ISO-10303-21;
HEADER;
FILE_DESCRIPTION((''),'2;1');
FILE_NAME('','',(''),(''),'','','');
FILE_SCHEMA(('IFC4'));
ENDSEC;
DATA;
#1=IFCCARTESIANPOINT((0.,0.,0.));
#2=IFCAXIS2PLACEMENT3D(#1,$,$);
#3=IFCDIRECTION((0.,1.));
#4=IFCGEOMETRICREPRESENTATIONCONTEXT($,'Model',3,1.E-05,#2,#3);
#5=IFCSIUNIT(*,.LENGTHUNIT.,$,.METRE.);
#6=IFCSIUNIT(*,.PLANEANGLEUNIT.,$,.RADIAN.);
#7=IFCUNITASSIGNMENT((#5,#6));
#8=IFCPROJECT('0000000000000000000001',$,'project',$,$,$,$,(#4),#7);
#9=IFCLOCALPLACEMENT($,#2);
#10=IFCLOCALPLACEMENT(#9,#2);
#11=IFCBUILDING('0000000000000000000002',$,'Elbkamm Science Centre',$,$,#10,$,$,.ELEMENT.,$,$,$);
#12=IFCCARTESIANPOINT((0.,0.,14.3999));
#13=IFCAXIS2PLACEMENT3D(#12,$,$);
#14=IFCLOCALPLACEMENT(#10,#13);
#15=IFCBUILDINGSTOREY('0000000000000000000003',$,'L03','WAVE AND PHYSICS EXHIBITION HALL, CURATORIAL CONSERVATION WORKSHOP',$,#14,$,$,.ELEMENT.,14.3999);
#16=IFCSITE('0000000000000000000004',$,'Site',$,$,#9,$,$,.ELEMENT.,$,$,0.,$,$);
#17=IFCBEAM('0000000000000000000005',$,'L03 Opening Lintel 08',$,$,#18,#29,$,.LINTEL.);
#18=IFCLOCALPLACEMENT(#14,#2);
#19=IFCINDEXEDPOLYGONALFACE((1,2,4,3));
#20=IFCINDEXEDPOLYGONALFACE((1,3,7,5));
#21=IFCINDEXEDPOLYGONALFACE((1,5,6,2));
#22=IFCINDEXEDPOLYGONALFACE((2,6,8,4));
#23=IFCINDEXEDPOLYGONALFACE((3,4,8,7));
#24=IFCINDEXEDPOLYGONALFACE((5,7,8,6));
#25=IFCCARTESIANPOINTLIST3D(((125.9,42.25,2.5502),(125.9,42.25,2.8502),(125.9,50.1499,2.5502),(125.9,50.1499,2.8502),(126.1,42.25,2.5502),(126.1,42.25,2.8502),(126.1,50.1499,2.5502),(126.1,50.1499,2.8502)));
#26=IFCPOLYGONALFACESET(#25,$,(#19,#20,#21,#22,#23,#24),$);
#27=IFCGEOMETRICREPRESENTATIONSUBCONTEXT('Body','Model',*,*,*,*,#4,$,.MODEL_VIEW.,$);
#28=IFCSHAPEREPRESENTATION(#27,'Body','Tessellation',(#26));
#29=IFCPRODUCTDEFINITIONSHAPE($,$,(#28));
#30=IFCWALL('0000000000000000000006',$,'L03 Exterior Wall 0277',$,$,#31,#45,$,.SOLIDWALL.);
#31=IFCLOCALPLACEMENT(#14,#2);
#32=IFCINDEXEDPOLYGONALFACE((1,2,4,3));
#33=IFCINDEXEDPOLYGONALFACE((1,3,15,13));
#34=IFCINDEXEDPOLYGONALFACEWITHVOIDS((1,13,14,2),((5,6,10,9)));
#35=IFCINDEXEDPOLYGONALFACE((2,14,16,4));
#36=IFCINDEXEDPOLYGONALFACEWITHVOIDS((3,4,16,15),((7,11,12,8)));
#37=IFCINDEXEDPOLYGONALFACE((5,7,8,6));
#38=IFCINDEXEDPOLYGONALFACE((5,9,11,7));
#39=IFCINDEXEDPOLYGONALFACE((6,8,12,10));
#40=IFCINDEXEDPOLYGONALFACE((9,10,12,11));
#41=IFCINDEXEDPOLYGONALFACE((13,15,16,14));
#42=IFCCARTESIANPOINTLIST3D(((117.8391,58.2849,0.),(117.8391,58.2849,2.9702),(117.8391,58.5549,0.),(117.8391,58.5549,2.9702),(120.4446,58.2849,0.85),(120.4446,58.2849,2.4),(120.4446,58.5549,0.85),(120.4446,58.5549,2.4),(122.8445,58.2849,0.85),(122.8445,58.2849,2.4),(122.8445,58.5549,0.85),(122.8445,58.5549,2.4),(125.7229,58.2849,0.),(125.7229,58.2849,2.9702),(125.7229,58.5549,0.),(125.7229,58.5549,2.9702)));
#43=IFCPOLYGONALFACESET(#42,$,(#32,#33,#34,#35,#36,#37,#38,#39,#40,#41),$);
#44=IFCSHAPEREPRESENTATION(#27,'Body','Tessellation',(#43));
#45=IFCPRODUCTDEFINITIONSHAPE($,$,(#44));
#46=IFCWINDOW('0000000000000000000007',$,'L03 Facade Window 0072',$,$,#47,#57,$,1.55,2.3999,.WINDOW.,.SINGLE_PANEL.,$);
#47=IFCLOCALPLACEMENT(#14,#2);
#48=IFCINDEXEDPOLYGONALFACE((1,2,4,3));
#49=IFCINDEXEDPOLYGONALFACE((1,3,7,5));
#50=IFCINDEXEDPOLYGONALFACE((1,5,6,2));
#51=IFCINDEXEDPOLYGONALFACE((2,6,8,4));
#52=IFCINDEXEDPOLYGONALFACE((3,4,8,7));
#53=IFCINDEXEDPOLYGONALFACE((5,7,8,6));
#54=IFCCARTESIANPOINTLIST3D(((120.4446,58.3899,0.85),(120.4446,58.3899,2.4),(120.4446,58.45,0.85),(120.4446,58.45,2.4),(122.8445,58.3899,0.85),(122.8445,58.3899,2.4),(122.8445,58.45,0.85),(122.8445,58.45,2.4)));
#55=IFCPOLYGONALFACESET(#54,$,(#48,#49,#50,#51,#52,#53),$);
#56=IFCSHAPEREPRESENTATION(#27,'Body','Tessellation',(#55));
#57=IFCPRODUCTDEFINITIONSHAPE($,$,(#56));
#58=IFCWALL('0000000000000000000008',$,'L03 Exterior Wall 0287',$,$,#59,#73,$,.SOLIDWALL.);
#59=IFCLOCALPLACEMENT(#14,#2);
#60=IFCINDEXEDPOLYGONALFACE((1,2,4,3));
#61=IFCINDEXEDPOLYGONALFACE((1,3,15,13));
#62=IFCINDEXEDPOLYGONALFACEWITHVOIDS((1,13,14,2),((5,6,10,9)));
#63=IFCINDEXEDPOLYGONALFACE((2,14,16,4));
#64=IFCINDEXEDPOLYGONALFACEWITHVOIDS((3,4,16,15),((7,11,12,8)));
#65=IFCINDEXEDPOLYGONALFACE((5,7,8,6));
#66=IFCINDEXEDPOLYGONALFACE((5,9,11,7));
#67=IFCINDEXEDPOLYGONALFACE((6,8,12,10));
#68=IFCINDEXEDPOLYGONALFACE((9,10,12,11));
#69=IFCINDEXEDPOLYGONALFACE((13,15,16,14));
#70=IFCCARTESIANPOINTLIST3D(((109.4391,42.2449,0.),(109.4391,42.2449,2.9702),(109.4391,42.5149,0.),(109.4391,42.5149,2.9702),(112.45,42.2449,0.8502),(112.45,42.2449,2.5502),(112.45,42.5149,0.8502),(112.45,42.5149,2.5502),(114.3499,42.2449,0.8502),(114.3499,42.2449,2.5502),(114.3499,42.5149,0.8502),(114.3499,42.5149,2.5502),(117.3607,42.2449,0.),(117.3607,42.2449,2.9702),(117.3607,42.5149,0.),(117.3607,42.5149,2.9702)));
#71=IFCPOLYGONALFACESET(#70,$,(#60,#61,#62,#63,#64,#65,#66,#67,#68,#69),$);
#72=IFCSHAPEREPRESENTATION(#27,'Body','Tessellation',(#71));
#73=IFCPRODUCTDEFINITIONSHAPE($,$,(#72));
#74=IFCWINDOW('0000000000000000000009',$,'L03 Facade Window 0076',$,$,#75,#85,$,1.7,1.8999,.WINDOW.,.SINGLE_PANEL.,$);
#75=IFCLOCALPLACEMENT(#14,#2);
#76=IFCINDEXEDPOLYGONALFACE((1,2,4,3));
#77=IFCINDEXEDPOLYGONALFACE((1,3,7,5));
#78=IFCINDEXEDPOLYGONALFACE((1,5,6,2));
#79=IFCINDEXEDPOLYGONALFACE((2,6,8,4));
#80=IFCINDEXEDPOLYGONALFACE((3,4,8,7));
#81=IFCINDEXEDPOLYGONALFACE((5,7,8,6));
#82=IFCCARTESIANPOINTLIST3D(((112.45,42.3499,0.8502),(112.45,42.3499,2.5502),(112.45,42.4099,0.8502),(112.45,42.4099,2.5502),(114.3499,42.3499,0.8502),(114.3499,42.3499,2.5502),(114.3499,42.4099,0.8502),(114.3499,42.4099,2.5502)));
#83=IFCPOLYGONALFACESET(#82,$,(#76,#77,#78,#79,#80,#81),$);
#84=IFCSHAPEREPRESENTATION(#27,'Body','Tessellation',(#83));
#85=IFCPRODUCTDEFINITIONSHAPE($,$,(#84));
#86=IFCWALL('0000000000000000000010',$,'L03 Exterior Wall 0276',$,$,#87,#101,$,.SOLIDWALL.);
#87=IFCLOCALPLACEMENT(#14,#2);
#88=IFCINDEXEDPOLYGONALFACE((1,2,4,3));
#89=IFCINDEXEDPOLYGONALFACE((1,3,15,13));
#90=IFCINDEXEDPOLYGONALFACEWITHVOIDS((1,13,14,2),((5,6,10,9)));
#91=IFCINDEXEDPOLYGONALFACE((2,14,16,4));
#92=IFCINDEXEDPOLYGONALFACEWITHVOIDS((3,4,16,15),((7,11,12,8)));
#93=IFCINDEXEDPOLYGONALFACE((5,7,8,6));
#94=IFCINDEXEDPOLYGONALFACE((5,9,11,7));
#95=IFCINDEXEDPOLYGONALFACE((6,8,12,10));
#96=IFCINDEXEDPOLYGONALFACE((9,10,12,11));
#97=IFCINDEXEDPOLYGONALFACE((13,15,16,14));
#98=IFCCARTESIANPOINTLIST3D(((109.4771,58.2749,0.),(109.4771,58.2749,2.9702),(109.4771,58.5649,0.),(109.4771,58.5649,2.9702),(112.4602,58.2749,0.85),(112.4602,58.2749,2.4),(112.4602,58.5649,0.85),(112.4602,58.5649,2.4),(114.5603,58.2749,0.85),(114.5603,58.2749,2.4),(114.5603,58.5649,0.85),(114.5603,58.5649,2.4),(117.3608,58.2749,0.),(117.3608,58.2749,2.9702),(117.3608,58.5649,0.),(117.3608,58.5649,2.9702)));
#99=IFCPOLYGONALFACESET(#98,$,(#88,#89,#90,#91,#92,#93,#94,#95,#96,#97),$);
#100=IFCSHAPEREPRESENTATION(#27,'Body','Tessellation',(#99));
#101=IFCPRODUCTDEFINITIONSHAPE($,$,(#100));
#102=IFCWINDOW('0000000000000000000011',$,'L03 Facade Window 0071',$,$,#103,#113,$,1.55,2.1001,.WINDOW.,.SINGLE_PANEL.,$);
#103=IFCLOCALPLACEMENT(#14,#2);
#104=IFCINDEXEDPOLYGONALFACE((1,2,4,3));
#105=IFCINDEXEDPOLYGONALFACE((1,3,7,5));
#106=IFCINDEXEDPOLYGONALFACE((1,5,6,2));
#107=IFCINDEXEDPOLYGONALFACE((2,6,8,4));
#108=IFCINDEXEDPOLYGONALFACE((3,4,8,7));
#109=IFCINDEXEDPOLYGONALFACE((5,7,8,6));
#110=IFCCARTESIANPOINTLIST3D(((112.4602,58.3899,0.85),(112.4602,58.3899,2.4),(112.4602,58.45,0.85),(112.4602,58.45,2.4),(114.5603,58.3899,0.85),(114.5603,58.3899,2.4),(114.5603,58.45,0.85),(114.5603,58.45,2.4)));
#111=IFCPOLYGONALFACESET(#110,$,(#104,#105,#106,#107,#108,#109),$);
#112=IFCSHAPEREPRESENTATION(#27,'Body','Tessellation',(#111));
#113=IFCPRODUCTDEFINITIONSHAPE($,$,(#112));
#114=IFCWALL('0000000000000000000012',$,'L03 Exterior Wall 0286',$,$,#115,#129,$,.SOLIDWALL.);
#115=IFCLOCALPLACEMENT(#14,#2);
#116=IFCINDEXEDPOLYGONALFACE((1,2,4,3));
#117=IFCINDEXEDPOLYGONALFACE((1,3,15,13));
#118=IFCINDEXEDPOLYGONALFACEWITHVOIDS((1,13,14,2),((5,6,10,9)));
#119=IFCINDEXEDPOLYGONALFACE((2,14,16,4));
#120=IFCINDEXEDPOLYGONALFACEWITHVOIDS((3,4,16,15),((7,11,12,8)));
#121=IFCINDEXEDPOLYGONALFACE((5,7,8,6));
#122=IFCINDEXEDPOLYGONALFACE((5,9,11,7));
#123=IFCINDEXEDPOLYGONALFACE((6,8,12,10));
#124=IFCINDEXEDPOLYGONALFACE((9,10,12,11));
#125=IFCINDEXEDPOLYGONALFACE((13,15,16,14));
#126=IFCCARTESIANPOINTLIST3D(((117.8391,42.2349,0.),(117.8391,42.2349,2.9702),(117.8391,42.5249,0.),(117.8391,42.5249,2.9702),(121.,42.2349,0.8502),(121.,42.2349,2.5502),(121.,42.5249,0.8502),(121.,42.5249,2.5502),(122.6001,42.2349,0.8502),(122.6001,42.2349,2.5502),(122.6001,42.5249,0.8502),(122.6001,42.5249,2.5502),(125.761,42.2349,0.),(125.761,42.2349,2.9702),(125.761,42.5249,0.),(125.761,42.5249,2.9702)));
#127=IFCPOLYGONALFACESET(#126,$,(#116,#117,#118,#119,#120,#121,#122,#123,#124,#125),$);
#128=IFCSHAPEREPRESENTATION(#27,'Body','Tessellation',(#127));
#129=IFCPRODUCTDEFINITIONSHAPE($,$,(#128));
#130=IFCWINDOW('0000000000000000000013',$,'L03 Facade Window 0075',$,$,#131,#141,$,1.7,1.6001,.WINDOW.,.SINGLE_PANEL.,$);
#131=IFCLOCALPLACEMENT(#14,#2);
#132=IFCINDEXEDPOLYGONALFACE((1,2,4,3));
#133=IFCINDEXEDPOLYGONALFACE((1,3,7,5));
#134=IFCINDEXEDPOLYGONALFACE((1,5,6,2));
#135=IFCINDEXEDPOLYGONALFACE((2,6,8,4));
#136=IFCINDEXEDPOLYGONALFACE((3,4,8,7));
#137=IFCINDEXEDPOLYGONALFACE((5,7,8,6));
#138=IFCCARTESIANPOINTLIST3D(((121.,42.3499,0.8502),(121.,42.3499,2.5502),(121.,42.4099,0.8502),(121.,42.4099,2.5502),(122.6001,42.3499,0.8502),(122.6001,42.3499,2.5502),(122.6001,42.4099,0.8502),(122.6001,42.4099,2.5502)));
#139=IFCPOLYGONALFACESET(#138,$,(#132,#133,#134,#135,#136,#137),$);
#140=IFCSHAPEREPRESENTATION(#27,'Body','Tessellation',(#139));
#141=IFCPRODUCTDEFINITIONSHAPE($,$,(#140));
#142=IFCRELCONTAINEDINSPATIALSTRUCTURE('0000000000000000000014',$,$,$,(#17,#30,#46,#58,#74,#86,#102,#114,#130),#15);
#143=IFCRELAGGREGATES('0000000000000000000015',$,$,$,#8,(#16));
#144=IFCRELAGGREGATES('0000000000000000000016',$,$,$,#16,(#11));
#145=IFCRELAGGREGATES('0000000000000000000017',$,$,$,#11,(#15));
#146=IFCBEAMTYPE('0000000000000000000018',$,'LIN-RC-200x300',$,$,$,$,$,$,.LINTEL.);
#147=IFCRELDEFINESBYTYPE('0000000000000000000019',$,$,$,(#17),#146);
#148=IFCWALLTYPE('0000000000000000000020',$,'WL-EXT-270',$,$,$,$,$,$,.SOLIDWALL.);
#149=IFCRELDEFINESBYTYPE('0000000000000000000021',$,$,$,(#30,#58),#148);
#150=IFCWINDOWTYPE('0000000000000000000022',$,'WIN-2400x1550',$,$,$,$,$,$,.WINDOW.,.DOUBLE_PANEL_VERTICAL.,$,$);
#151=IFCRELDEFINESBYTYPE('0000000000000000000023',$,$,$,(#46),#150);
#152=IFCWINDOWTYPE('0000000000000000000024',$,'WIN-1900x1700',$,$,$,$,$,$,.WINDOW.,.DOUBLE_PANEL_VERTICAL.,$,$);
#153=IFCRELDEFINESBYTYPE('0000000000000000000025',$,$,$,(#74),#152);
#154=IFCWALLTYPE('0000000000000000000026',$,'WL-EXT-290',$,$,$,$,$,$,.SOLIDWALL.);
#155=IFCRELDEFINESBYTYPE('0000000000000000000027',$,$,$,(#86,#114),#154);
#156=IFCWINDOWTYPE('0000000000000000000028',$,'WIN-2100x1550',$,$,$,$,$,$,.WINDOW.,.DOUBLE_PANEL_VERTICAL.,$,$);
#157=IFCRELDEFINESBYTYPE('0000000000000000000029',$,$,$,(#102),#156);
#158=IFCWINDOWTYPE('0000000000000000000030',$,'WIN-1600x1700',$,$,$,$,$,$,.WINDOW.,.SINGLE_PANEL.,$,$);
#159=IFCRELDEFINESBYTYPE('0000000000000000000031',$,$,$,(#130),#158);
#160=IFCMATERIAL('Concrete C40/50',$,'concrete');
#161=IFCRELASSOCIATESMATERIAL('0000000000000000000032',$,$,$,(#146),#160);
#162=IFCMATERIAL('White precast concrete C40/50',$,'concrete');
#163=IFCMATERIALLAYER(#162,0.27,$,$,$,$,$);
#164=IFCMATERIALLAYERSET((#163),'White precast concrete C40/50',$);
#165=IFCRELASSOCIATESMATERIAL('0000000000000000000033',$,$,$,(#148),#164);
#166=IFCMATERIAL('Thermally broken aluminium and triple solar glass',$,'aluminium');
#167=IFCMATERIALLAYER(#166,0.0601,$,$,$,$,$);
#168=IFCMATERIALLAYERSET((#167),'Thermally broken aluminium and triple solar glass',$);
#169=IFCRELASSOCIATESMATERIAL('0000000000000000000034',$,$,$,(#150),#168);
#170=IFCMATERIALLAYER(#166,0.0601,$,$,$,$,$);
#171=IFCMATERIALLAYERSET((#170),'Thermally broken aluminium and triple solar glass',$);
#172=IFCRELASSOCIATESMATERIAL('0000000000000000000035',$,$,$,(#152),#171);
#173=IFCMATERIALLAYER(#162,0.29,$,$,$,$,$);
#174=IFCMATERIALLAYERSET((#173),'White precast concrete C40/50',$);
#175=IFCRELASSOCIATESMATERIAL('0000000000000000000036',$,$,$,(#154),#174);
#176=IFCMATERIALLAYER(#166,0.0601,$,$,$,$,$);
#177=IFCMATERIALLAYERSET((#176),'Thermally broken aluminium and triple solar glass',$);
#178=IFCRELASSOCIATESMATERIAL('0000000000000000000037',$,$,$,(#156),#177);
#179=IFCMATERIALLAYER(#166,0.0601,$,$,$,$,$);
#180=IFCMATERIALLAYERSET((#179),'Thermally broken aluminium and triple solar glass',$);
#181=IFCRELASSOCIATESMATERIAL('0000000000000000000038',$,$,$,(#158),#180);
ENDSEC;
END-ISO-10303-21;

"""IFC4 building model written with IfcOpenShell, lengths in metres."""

from ifc_helpers import new_model, si_unit, direction, frame, frame_2d, origin, origin_2d, place, context, subcontext, project, spatial, rectangle, extrude, material, layer, layer_set, material_profile, profile_set, type_object, element, fill, save


model = new_model("IFC4")

# Units and contexts
model_context = context("Model", 3, precision=1e-05, world=origin(), true_north=direction((0.0, 1.0)))
body_context = subcontext(model_context, "Body", "Model", "MODEL_VIEW")
ifc_project = project(units=[si_unit("LENGTHUNIT", "METRE"), si_unit("PLANEANGLEUNIT", "RADIAN")], contexts=[model_context])

# Site, building, storey
site_placement = place(None, origin())
site = spatial("IfcSite", under=ifc_project, at=site_placement, Name="Site", CompositionType="ELEMENT", RefElevation=0.0)
building_placement = place(site_placement, origin())
building = spatial("IfcBuilding", under=site, at=building_placement, Name="Elbkamm Science Centre", CompositionType="ELEMENT")
storey_placement = place(building_placement, frame((0.0, 0.0, 14.3999)))
storey = spatial("IfcBuildingStorey", under=building, at=storey_placement, Name="L03", Description="WAVE AND PHYSICS EXHIBITION HALL, CURATORIAL CONSERVATION WORKSHOP", CompositionType="ELEMENT", Elevation=14.3999)

# Shared definitions
ifc_material_1 = material(Name="Concrete C40/50", Category="concrete")

# Beam
ifc_material_profile_1 = material_profile(ifc_material_1, rectangle(XDim=0.2, YDim=0.3, at=origin_2d()), Name="RC 200x300")
ifc_profile_set_1 = profile_set([ifc_material_profile_1], Name="Concrete C40/50")
beam_type_1 = type_object("IfcBeamType", Name="LIN-RC-200x300", PredefinedType="LINTEL", material=ifc_profile_set_1)
beam_placement = place(storey_placement, frame((126.0, 42.25, 2.7002), z_axis=(0.0, 1.0, 0.0), x_axis=(-1.0, 0.0, 0.0)))
element("IfcBeam", 1, at=beam_placement, inside=storey, type_object=beam_type_1, Name="L03 Opening Lintel 08", PredefinedType="LINTEL", context=body_context, shape_type="SweptSolid", body=[
    extrude(rectangle(XDim=0.2, YDim=0.3, at=origin_2d()), origin(), (0.0, 0.0, 1.0), 7.8999),
])

# Walls, openings, windows
ifc_material_2 = material(Name="White precast concrete C40/50", Category="concrete")
ifc_layer_1 = layer(ifc_material_2, 0.27)
ifc_layer_set_1 = layer_set([ifc_layer_1], Name="White precast concrete C40/50")
wall_type_1 = type_object("IfcWallType", Name="WL-EXT-270", PredefinedType="SOLIDWALL", material=ifc_layer_set_1)
wall_1_placement = place(storey_placement, frame((117.8391, 58.4199, 0.0), z_axis=(0.0, 0.0, 1.0), x_axis=(1.0, 0.0, 0.0)))
wall_1 = element("IfcWall", 2, at=wall_1_placement, inside=storey, type_object=wall_type_1, Name="L03 Exterior Wall 0277", PredefinedType="SOLIDWALL", context=body_context, shape_type="SweptSolid", body=[
    extrude(rectangle(XDim=7.8838, YDim=0.27, at=frame_2d((3.9419, 0.0))), origin(), (0.0, 0.0, 1.0), 2.9702),
])
opening_1_placement = place(wall_1_placement, frame((2.6055, 0.0, 0.8501)))
opening_1 = element("IfcOpeningElement", 3, at=opening_1_placement, cuts=wall_1, PredefinedType="OPENING", context=body_context, shape_type="SweptSolid", body=[
    extrude(rectangle(XDim=2.3999, YDim=1.55, at=frame_2d((1.2, 0.7749))), frame((0.0, 0.147, 0.0), z_axis=(0.0, -1.0, 0.0), x_axis=(1.0, 0.0, 0.0)), (0.0, 0.0, 1.0), 0.2939),
])
ifc_material_3 = material(Name="Thermally broken aluminium and triple solar glass", Category="aluminium")
ifc_layer_2 = layer(ifc_material_3, 0.0601)
ifc_layer_set_2 = layer_set([ifc_layer_2], Name="Thermally broken aluminium and triple solar glass")
window_type_1 = type_object("IfcWindowType", Name="WIN-2400x1550", PartitioningType="DOUBLE_PANEL_VERTICAL", PredefinedType="WINDOW", material=ifc_layer_set_2)
window_1_placement = place(opening_1_placement, origin())
window_1 = element("IfcWindow", 4, at=window_1_placement, inside=storey, type_object=window_type_1, Name="L03 Facade Window 0072", OverallHeight=1.55, OverallWidth=2.3999, PartitioningType="SINGLE_PANEL", PredefinedType="WINDOW", context=body_context, shape_type="SweptSolid", body=[
    extrude(rectangle(XDim=2.3999, YDim=1.55, at=frame_2d((1.2, 0.7749))), frame((0.0, 0.03, 0.0), z_axis=(0.0, -1.0, 0.0), x_axis=(1.0, 0.0, 0.0)), (0.0, 0.0, 1.0), 0.0601),
])
fill(opening_1, window_1)
wall_2_placement = place(storey_placement, frame((117.3608, 42.3799, 0.0), z_axis=(0.0, 0.0, 1.0), x_axis=(-1.0, 0.0, 0.0)))
wall_2 = element("IfcWall", 5, at=wall_2_placement, inside=storey, type_object=wall_type_1, Name="L03 Exterior Wall 0287", PredefinedType="SOLIDWALL", context=body_context, shape_type="SweptSolid", body=[
    extrude(rectangle(XDim=7.9216, YDim=0.27, at=frame_2d((3.9609, 0.0))), origin(), (0.0, 0.0, 1.0), 2.9702),
])
opening_2_placement = place(wall_2_placement, frame((3.011, 0.0, 0.8501)))
opening_2 = element("IfcOpeningElement", 6, at=opening_2_placement, cuts=wall_2, PredefinedType="OPENING", context=body_context, shape_type="SweptSolid", body=[
    extrude(rectangle(XDim=1.8999, YDim=1.7, at=frame_2d((0.95, 0.8501))), frame((0.0, 0.147, 0.0), z_axis=(0.0, -1.0, 0.0), x_axis=(1.0, 0.0, 0.0)), (0.0, 0.0, 1.0), 0.2939),
])
ifc_layer_3 = layer(ifc_material_3, 0.0601)
ifc_layer_set_3 = layer_set([ifc_layer_3], Name="Thermally broken aluminium and triple solar glass")
window_type_2 = type_object("IfcWindowType", Name="WIN-1900x1700", PartitioningType="DOUBLE_PANEL_VERTICAL", PredefinedType="WINDOW", material=ifc_layer_set_3)
window_2_placement = place(opening_2_placement, origin())
window_2 = element("IfcWindow", 7, at=window_2_placement, inside=storey, type_object=window_type_2, Name="L03 Facade Window 0076", OverallHeight=1.7, OverallWidth=1.8999, PartitioningType="SINGLE_PANEL", PredefinedType="WINDOW", context=body_context, shape_type="SweptSolid", body=[
    extrude(rectangle(XDim=1.8999, YDim=1.7, at=frame_2d((0.95, 0.8501))), frame((0.0, 0.03, 0.0), z_axis=(0.0, -1.0, 0.0), x_axis=(1.0, 0.0, 0.0)), (0.0, 0.0, 1.0), 0.0601),
])
fill(opening_2, window_2)
ifc_layer_4 = layer(ifc_material_2, 0.29)
ifc_layer_set_4 = layer_set([ifc_layer_4], Name="White precast concrete C40/50")
wall_type_2 = type_object("IfcWallType", Name="WL-EXT-290", PredefinedType="SOLIDWALL", material=ifc_layer_set_4)
wall_3_placement = place(storey_placement, frame((109.4771, 58.4199, 0.0), z_axis=(0.0, 0.0, 1.0), x_axis=(1.0, 0.0, 0.0)))
wall_3 = element("IfcWall", 8, at=wall_3_placement, inside=storey, type_object=wall_type_2, Name="L03 Exterior Wall 0276", PredefinedType="SOLIDWALL", context=body_context, shape_type="SweptSolid", body=[
    extrude(rectangle(XDim=7.8838, YDim=0.29, at=frame_2d((3.9419, 0.0))), origin(), (0.0, 0.0, 1.0), 2.9702),
])
opening_3_placement = place(wall_3_placement, frame((2.9832, 0.0, 0.8501)))
opening_3 = element("IfcOpeningElement", 9, at=opening_3_placement, cuts=wall_3, PredefinedType="OPENING", context=body_context, shape_type="SweptSolid", body=[
    extrude(rectangle(XDim=2.1001, YDim=1.55, at=frame_2d((1.05, 0.7749))), frame((0.0, 0.157, 0.0), z_axis=(0.0, -1.0, 0.0), x_axis=(1.0, 0.0, 0.0)), (0.0, 0.0, 1.0), 0.314),
])
ifc_layer_5 = layer(ifc_material_3, 0.0601)
ifc_layer_set_5 = layer_set([ifc_layer_5], Name="Thermally broken aluminium and triple solar glass")
window_type_3 = type_object("IfcWindowType", Name="WIN-2100x1550", PartitioningType="DOUBLE_PANEL_VERTICAL", PredefinedType="WINDOW", material=ifc_layer_set_5)
window_3_placement = place(opening_3_placement, origin())
window_3 = element("IfcWindow", 10, at=window_3_placement, inside=storey, type_object=window_type_3, Name="L03 Facade Window 0071", OverallHeight=1.55, OverallWidth=2.1001, PartitioningType="SINGLE_PANEL", PredefinedType="WINDOW", context=body_context, shape_type="SweptSolid", body=[
    extrude(rectangle(XDim=2.1001, YDim=1.55, at=frame_2d((1.05, 0.7749))), frame((0.0, 0.03, 0.0), z_axis=(0.0, -1.0, 0.0), x_axis=(1.0, 0.0, 0.0)), (0.0, 0.0, 1.0), 0.0601),
])
fill(opening_3, window_3)
wall_4_placement = place(storey_placement, frame((125.761, 42.3799, 0.0), z_axis=(0.0, 0.0, 1.0), x_axis=(-1.0, 0.0, 0.0)))
wall_4 = element("IfcWall", 11, at=wall_4_placement, inside=storey, type_object=wall_type_2, Name="L03 Exterior Wall 0286", PredefinedType="SOLIDWALL", context=body_context, shape_type="SweptSolid", body=[
    extrude(rectangle(XDim=7.9219, YDim=0.29, at=frame_2d((3.9609, 0.0))), origin(), (0.0, 0.0, 1.0), 2.9702),
])
opening_4_placement = place(wall_4_placement, frame((3.1609, 0.0, 0.8501)))
opening_4 = element("IfcOpeningElement", 12, at=opening_4_placement, cuts=wall_4, PredefinedType="OPENING", context=body_context, shape_type="SweptSolid", body=[
    extrude(rectangle(XDim=1.6001, YDim=1.7, at=frame_2d((0.8, 0.8501))), frame((0.0, 0.157, 0.0), z_axis=(0.0, -1.0, 0.0), x_axis=(1.0, 0.0, 0.0)), (0.0, 0.0, 1.0), 0.314),
])
ifc_layer_6 = layer(ifc_material_3, 0.0601)
ifc_layer_set_6 = layer_set([ifc_layer_6], Name="Thermally broken aluminium and triple solar glass")
window_type_4 = type_object("IfcWindowType", Name="WIN-1600x1700", PartitioningType="SINGLE_PANEL", PredefinedType="WINDOW", material=ifc_layer_set_6)
window_4_placement = place(opening_4_placement, origin())
window_4 = element("IfcWindow", 13, at=window_4_placement, inside=storey, type_object=window_type_4, Name="L03 Facade Window 0075", OverallHeight=1.7, OverallWidth=1.6001, PartitioningType="SINGLE_PANEL", PredefinedType="WINDOW", context=body_context, shape_type="SweptSolid", body=[
    extrude(rectangle(XDim=1.6001, YDim=1.7, at=frame_2d((0.8, 0.8501))), frame((0.0, 0.03, 0.0), z_axis=(0.0, -1.0, 0.0), x_axis=(1.0, 0.0, 0.0)), (0.0, 0.0, 1.0), 0.0601),
])
fill(opening_4, window_4)

save(model, "model.ifc")
